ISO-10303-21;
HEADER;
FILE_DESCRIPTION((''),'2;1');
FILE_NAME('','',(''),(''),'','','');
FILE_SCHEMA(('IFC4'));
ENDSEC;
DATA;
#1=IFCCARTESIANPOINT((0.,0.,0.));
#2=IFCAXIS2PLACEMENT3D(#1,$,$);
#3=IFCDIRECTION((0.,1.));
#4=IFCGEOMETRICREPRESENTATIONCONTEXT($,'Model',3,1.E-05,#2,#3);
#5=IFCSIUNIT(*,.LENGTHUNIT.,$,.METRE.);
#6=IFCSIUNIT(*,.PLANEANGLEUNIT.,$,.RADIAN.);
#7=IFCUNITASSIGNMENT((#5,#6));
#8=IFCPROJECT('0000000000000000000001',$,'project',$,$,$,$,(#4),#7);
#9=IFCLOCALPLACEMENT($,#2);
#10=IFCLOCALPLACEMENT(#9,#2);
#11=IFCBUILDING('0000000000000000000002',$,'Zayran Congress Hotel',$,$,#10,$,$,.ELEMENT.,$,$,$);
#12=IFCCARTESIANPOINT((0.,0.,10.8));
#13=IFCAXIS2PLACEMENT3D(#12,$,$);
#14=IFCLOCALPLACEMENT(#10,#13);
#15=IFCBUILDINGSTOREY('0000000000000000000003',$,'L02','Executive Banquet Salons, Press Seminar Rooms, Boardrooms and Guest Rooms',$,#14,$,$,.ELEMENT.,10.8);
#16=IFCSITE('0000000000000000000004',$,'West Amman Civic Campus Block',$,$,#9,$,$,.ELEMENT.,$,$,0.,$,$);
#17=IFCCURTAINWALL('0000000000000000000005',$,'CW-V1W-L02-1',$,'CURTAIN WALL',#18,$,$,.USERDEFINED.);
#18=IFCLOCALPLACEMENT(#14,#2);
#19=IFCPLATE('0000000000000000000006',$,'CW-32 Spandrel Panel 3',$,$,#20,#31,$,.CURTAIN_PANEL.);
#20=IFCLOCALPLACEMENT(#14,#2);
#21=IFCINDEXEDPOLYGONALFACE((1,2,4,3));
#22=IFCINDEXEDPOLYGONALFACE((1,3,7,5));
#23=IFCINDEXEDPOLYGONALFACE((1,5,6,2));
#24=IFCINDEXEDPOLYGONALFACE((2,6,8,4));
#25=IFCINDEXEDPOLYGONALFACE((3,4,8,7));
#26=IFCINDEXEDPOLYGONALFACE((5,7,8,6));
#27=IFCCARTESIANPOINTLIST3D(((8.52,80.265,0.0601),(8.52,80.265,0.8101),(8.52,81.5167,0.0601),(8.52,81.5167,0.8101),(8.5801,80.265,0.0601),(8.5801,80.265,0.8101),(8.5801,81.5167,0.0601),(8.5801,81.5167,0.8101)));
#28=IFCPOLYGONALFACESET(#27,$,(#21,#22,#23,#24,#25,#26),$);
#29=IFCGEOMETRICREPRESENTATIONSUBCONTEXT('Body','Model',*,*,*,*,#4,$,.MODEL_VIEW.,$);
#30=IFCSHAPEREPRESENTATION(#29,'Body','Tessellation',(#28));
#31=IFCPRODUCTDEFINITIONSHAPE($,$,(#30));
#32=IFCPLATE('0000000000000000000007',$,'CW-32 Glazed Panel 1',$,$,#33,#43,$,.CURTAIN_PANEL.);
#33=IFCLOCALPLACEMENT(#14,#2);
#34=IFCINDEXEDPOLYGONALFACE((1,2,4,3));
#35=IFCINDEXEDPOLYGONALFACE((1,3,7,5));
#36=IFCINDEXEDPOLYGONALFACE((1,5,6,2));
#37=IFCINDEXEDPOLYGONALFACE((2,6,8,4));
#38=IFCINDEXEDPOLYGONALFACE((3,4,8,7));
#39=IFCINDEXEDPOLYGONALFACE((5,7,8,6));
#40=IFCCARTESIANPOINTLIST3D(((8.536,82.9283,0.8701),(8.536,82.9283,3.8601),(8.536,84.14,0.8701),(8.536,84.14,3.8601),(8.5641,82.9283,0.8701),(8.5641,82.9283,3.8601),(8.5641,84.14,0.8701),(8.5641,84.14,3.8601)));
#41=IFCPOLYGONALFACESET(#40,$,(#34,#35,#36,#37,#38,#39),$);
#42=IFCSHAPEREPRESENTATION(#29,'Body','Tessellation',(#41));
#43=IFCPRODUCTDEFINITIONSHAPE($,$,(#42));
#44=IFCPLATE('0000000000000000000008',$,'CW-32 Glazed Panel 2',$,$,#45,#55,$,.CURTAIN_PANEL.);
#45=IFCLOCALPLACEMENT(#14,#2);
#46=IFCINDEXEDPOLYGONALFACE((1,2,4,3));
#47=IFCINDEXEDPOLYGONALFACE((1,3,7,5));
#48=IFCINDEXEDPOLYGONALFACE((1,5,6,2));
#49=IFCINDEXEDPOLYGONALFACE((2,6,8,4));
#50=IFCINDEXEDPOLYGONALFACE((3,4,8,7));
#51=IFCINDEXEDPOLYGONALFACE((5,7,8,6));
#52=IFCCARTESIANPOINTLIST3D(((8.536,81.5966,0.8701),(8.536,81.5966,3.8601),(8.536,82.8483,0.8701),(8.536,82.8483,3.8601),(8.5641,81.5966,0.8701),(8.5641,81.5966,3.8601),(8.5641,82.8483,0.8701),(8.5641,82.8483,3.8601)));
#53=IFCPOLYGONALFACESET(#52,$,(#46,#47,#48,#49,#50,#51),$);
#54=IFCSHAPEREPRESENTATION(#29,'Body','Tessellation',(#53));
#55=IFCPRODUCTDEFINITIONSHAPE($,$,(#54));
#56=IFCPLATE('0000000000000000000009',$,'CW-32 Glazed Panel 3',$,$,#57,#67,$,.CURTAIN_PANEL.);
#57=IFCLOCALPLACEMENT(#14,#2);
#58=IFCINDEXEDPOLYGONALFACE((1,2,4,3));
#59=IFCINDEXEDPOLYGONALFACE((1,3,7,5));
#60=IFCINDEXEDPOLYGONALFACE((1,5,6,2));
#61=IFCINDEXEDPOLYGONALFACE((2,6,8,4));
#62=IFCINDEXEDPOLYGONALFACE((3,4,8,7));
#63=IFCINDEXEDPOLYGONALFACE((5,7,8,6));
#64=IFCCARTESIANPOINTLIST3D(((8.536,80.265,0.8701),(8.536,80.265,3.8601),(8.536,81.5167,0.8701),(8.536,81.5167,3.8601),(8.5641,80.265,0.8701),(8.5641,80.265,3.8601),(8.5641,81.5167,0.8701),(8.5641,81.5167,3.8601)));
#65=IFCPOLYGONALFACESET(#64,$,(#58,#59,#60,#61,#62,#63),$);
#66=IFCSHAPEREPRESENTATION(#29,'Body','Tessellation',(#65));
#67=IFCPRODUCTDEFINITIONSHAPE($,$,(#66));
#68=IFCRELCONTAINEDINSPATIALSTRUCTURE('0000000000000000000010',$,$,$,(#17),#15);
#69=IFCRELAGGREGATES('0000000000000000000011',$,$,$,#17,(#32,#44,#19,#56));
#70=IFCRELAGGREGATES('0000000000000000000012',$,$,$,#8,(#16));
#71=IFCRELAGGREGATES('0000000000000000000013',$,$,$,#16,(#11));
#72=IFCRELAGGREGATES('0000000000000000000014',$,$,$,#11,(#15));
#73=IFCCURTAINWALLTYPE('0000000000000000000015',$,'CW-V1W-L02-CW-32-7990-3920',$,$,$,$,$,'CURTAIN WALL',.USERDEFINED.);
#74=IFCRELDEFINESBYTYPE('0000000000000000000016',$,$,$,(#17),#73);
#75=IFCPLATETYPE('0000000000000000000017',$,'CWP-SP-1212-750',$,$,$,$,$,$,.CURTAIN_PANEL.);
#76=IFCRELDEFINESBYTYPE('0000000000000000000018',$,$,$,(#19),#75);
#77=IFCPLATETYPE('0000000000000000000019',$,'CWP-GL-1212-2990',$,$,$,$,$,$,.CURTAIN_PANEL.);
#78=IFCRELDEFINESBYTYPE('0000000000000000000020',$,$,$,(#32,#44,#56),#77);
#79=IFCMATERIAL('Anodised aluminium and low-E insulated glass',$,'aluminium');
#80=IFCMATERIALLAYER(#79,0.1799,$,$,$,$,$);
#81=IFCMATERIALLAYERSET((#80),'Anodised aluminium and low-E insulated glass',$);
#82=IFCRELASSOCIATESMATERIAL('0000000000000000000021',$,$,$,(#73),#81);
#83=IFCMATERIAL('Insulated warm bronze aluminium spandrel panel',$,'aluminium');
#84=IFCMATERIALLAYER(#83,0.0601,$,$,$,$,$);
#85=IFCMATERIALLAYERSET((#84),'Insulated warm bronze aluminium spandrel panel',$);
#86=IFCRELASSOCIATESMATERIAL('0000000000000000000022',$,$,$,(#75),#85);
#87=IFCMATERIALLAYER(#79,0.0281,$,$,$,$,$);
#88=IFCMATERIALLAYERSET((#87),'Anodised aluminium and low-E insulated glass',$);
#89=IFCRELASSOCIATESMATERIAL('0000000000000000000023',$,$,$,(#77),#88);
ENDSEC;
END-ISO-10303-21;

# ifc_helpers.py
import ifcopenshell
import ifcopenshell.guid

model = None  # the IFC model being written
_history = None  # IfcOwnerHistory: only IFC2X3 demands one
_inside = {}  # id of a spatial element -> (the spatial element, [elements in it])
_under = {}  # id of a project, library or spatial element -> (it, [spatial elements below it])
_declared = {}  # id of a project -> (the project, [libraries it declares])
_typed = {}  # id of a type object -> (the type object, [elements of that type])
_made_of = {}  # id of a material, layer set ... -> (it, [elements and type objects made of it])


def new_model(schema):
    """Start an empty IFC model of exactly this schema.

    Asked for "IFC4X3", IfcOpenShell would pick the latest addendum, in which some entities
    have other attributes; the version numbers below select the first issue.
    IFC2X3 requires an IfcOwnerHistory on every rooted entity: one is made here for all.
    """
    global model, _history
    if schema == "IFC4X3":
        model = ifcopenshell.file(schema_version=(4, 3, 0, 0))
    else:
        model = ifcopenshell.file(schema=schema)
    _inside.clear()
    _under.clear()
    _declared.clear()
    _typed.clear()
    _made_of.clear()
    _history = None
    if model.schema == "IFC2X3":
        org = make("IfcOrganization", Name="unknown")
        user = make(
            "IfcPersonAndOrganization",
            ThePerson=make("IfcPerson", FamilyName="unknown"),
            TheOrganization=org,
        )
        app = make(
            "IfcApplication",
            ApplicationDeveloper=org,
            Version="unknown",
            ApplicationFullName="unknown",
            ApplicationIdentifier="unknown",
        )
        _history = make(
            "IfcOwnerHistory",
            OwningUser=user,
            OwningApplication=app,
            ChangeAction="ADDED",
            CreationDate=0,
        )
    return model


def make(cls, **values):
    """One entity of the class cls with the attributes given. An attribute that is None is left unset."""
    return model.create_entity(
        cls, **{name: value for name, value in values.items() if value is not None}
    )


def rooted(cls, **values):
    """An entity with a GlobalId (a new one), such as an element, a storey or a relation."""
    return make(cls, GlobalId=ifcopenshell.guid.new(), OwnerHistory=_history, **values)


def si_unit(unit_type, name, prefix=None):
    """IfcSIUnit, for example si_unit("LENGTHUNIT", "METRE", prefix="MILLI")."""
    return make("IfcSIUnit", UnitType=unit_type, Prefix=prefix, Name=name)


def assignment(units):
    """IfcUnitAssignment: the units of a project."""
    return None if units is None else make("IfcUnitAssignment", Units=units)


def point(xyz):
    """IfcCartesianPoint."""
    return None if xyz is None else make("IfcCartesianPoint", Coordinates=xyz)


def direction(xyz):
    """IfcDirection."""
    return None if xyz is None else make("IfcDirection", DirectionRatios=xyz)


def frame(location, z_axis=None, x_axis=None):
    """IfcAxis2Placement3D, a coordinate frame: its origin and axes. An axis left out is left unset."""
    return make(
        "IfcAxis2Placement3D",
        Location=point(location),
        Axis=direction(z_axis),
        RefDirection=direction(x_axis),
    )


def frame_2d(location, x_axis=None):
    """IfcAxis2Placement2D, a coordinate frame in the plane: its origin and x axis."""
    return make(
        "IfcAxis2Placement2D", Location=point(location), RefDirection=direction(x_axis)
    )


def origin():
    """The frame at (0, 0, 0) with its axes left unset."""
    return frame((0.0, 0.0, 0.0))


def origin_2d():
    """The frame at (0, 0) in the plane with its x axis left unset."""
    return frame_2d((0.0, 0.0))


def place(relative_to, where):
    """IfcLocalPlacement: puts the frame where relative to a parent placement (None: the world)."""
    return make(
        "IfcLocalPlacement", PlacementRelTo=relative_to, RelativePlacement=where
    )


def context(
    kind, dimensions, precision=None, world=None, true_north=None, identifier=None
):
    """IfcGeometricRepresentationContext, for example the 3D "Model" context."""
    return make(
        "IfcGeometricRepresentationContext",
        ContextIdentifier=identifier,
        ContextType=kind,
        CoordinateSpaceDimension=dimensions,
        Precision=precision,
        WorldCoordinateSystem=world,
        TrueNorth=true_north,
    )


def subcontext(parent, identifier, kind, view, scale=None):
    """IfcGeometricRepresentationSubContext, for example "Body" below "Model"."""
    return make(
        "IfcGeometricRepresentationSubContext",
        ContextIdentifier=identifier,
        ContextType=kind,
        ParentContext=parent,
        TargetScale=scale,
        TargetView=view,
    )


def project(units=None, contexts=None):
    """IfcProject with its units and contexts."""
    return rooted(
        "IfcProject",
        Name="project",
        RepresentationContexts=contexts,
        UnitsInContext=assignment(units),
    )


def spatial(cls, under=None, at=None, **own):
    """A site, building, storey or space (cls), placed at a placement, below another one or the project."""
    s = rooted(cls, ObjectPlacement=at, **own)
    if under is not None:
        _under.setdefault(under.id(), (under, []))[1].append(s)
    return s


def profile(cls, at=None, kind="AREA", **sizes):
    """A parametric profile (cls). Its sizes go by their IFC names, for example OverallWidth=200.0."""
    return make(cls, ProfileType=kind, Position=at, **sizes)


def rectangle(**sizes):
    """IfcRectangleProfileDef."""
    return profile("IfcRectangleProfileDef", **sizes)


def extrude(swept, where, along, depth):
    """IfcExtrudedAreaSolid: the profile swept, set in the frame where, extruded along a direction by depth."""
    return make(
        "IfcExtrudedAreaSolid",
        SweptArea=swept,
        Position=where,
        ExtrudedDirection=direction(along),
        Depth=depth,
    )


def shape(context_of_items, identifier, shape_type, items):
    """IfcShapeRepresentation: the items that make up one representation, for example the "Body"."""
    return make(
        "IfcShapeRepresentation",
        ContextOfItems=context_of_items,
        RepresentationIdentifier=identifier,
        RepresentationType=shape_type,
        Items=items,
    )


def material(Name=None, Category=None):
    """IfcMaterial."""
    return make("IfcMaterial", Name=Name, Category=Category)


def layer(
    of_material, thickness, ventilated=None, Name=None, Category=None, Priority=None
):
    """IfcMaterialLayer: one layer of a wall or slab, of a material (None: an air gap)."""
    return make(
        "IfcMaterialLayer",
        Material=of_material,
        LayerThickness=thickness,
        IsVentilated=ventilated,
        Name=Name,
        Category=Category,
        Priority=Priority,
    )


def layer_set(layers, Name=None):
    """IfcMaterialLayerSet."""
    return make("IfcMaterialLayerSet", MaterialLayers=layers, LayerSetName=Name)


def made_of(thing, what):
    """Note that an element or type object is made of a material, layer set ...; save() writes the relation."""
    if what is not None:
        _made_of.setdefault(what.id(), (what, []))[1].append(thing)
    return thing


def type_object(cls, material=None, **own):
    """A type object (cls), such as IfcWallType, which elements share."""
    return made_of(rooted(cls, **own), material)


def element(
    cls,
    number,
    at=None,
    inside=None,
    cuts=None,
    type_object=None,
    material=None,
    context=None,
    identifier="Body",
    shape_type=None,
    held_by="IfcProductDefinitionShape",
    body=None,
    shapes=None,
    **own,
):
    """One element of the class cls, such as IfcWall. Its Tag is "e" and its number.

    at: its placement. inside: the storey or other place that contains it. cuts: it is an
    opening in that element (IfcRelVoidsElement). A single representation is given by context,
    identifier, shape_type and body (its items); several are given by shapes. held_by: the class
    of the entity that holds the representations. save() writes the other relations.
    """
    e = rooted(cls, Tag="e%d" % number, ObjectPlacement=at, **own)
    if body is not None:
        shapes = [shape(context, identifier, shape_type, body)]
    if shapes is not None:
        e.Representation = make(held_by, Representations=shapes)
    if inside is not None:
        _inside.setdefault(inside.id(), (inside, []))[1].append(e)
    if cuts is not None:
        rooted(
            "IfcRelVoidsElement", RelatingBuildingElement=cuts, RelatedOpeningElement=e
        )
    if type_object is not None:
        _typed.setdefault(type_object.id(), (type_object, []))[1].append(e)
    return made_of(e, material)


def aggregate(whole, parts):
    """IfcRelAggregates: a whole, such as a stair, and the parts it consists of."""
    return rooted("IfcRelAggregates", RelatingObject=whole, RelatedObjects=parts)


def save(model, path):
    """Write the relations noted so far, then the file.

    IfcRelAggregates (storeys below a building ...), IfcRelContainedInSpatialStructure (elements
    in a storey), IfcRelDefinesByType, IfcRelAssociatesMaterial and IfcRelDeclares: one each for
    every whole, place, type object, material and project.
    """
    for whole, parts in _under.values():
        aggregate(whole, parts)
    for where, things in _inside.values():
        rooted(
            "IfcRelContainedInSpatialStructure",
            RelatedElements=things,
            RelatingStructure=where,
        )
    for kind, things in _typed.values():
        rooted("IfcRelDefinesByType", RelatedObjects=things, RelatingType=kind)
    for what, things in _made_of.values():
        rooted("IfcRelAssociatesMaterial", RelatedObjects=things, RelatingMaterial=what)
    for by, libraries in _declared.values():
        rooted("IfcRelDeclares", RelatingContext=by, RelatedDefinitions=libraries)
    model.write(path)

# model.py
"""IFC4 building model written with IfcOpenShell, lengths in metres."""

from ifc_helpers import new_model, si_unit, direction, frame, origin, origin_2d, place, context, subcontext, project, spatial, rectangle, extrude, material, layer, layer_set, type_object, element, aggregate, save


model = new_model("IFC4")

# Units and contexts
model_context = context("Model", 3, precision=1e-05, world=origin(), true_north=direction((0.0, 1.0)))
body_context = subcontext(model_context, "Body", "Model", "MODEL_VIEW")
ifc_project = project(units=[si_unit("LENGTHUNIT", "METRE"), si_unit("PLANEANGLEUNIT", "RADIAN")], contexts=[model_context])

# Site, building, storey
site_placement = place(None, origin())
site = spatial("IfcSite", under=ifc_project, at=site_placement, Name="West Amman Civic Campus Block", CompositionType="ELEMENT", RefElevation=0.0)
building_placement = place(site_placement, origin())
building = spatial("IfcBuilding", under=site, at=building_placement, Name="Zayran Congress Hotel", CompositionType="ELEMENT")
storey_placement = place(building_placement, frame((0.0, 0.0, 10.8)))
storey = spatial("IfcBuildingStorey", under=building, at=storey_placement, Name="L02", Description="Executive Banquet Salons, Press Seminar Rooms, Boardrooms and Guest Rooms", CompositionType="ELEMENT", Elevation=10.8)

# Curtain wall
ifc_material_1 = material(Name="Anodised aluminium and low-E insulated glass", Category="aluminium")
ifc_layer_1 = layer(ifc_material_1, 0.1799)
ifc_layer_set_1 = layer_set([ifc_layer_1], Name="Anodised aluminium and low-E insulated glass")
curtain_wall_type_1 = type_object("IfcCurtainWallType", Name="CW-V1W-L02-CW-32-7990-3920", ElementType="CURTAIN WALL", PredefinedType="USERDEFINED", material=ifc_layer_set_1)
curtain_wall_1_placement = place(storey_placement, origin())
curtain_wall_1 = element("IfcCurtainWall", 1, at=curtain_wall_1_placement, inside=storey, type_object=curtain_wall_type_1, Name="CW-V1W-L02-1", ObjectType="CURTAIN WALL", PredefinedType="USERDEFINED")

# Plates
ifc_material_2 = material(Name="Insulated warm bronze aluminium spandrel panel", Category="aluminium")
ifc_layer_2 = layer(ifc_material_2, 0.0601)
ifc_layer_set_2 = layer_set([ifc_layer_2], Name="Insulated warm bronze aluminium spandrel panel")
plate_type_1 = type_object("IfcPlateType", Name="CWP-SP-1212-750", PredefinedType="CURTAIN_PANEL", material=ifc_layer_set_2)
plate_1_placement = place(storey_placement, frame((8.55, 80.8909, 0.0601), z_axis=(0.0, 0.0, 1.0), x_axis=(0.0, 1.0, 0.0)))
plate_1 = element("IfcPlate", 2, at=plate_1_placement, type_object=plate_type_1, Name="CW-32 Spandrel Panel 3", PredefinedType="CURTAIN_PANEL", context=body_context, shape_type="SweptSolid", body=[
    extrude(rectangle(XDim=1.2517, YDim=0.0601, at=origin_2d()), origin(), (0.0, 0.0, 1.0), 0.75),
])
ifc_layer_3 = layer(ifc_material_1, 0.0281)
ifc_layer_set_3 = layer_set([ifc_layer_3], Name="Anodised aluminium and low-E insulated glass")
plate_type_2 = type_object("IfcPlateType", Name="CWP-GL-1212-2990", PredefinedType="CURTAIN_PANEL", material=ifc_layer_set_3)
plate_2_placement = place(storey_placement, frame((8.55, 83.5342, 0.8701), z_axis=(0.0, 0.0, 1.0), x_axis=(0.0, 1.0, 0.0)))
plate_2 = element("IfcPlate", 3, at=plate_2_placement, type_object=plate_type_2, Name="CW-32 Glazed Panel 1", PredefinedType="CURTAIN_PANEL", context=body_context, shape_type="SweptSolid", body=[
    extrude(rectangle(XDim=1.2117, YDim=0.0281, at=origin_2d()), origin(), (0.0, 0.0, 1.0), 2.99),
])
plate_3_placement = place(storey_placement, frame((8.55, 82.2224, 0.8701), z_axis=(0.0, 0.0, 1.0), x_axis=(0.0, 1.0, 0.0)))
plate_3 = element("IfcPlate", 4, at=plate_3_placement, type_object=plate_type_2, Name="CW-32 Glazed Panel 2", PredefinedType="CURTAIN_PANEL", context=body_context, shape_type="SweptSolid", body=[
    extrude(rectangle(XDim=1.2517, YDim=0.0281, at=origin_2d()), origin(), (0.0, 0.0, 1.0), 2.99),
])
plate_4_placement = place(storey_placement, frame((8.55, 80.8909, 0.8701), z_axis=(0.0, 0.0, 1.0), x_axis=(0.0, 1.0, 0.0)))
plate_4 = element("IfcPlate", 5, at=plate_4_placement, type_object=plate_type_2, Name="CW-32 Glazed Panel 3", PredefinedType="CURTAIN_PANEL", context=body_context, shape_type="SweptSolid", body=[
    extrude(rectangle(XDim=1.2517, YDim=0.0281, at=origin_2d()), origin(), (0.0, 0.0, 1.0), 2.99),
])
aggregate(curtain_wall_1, [plate_2, plate_3, plate_1, plate_4])

save(model, "model.ifc")
